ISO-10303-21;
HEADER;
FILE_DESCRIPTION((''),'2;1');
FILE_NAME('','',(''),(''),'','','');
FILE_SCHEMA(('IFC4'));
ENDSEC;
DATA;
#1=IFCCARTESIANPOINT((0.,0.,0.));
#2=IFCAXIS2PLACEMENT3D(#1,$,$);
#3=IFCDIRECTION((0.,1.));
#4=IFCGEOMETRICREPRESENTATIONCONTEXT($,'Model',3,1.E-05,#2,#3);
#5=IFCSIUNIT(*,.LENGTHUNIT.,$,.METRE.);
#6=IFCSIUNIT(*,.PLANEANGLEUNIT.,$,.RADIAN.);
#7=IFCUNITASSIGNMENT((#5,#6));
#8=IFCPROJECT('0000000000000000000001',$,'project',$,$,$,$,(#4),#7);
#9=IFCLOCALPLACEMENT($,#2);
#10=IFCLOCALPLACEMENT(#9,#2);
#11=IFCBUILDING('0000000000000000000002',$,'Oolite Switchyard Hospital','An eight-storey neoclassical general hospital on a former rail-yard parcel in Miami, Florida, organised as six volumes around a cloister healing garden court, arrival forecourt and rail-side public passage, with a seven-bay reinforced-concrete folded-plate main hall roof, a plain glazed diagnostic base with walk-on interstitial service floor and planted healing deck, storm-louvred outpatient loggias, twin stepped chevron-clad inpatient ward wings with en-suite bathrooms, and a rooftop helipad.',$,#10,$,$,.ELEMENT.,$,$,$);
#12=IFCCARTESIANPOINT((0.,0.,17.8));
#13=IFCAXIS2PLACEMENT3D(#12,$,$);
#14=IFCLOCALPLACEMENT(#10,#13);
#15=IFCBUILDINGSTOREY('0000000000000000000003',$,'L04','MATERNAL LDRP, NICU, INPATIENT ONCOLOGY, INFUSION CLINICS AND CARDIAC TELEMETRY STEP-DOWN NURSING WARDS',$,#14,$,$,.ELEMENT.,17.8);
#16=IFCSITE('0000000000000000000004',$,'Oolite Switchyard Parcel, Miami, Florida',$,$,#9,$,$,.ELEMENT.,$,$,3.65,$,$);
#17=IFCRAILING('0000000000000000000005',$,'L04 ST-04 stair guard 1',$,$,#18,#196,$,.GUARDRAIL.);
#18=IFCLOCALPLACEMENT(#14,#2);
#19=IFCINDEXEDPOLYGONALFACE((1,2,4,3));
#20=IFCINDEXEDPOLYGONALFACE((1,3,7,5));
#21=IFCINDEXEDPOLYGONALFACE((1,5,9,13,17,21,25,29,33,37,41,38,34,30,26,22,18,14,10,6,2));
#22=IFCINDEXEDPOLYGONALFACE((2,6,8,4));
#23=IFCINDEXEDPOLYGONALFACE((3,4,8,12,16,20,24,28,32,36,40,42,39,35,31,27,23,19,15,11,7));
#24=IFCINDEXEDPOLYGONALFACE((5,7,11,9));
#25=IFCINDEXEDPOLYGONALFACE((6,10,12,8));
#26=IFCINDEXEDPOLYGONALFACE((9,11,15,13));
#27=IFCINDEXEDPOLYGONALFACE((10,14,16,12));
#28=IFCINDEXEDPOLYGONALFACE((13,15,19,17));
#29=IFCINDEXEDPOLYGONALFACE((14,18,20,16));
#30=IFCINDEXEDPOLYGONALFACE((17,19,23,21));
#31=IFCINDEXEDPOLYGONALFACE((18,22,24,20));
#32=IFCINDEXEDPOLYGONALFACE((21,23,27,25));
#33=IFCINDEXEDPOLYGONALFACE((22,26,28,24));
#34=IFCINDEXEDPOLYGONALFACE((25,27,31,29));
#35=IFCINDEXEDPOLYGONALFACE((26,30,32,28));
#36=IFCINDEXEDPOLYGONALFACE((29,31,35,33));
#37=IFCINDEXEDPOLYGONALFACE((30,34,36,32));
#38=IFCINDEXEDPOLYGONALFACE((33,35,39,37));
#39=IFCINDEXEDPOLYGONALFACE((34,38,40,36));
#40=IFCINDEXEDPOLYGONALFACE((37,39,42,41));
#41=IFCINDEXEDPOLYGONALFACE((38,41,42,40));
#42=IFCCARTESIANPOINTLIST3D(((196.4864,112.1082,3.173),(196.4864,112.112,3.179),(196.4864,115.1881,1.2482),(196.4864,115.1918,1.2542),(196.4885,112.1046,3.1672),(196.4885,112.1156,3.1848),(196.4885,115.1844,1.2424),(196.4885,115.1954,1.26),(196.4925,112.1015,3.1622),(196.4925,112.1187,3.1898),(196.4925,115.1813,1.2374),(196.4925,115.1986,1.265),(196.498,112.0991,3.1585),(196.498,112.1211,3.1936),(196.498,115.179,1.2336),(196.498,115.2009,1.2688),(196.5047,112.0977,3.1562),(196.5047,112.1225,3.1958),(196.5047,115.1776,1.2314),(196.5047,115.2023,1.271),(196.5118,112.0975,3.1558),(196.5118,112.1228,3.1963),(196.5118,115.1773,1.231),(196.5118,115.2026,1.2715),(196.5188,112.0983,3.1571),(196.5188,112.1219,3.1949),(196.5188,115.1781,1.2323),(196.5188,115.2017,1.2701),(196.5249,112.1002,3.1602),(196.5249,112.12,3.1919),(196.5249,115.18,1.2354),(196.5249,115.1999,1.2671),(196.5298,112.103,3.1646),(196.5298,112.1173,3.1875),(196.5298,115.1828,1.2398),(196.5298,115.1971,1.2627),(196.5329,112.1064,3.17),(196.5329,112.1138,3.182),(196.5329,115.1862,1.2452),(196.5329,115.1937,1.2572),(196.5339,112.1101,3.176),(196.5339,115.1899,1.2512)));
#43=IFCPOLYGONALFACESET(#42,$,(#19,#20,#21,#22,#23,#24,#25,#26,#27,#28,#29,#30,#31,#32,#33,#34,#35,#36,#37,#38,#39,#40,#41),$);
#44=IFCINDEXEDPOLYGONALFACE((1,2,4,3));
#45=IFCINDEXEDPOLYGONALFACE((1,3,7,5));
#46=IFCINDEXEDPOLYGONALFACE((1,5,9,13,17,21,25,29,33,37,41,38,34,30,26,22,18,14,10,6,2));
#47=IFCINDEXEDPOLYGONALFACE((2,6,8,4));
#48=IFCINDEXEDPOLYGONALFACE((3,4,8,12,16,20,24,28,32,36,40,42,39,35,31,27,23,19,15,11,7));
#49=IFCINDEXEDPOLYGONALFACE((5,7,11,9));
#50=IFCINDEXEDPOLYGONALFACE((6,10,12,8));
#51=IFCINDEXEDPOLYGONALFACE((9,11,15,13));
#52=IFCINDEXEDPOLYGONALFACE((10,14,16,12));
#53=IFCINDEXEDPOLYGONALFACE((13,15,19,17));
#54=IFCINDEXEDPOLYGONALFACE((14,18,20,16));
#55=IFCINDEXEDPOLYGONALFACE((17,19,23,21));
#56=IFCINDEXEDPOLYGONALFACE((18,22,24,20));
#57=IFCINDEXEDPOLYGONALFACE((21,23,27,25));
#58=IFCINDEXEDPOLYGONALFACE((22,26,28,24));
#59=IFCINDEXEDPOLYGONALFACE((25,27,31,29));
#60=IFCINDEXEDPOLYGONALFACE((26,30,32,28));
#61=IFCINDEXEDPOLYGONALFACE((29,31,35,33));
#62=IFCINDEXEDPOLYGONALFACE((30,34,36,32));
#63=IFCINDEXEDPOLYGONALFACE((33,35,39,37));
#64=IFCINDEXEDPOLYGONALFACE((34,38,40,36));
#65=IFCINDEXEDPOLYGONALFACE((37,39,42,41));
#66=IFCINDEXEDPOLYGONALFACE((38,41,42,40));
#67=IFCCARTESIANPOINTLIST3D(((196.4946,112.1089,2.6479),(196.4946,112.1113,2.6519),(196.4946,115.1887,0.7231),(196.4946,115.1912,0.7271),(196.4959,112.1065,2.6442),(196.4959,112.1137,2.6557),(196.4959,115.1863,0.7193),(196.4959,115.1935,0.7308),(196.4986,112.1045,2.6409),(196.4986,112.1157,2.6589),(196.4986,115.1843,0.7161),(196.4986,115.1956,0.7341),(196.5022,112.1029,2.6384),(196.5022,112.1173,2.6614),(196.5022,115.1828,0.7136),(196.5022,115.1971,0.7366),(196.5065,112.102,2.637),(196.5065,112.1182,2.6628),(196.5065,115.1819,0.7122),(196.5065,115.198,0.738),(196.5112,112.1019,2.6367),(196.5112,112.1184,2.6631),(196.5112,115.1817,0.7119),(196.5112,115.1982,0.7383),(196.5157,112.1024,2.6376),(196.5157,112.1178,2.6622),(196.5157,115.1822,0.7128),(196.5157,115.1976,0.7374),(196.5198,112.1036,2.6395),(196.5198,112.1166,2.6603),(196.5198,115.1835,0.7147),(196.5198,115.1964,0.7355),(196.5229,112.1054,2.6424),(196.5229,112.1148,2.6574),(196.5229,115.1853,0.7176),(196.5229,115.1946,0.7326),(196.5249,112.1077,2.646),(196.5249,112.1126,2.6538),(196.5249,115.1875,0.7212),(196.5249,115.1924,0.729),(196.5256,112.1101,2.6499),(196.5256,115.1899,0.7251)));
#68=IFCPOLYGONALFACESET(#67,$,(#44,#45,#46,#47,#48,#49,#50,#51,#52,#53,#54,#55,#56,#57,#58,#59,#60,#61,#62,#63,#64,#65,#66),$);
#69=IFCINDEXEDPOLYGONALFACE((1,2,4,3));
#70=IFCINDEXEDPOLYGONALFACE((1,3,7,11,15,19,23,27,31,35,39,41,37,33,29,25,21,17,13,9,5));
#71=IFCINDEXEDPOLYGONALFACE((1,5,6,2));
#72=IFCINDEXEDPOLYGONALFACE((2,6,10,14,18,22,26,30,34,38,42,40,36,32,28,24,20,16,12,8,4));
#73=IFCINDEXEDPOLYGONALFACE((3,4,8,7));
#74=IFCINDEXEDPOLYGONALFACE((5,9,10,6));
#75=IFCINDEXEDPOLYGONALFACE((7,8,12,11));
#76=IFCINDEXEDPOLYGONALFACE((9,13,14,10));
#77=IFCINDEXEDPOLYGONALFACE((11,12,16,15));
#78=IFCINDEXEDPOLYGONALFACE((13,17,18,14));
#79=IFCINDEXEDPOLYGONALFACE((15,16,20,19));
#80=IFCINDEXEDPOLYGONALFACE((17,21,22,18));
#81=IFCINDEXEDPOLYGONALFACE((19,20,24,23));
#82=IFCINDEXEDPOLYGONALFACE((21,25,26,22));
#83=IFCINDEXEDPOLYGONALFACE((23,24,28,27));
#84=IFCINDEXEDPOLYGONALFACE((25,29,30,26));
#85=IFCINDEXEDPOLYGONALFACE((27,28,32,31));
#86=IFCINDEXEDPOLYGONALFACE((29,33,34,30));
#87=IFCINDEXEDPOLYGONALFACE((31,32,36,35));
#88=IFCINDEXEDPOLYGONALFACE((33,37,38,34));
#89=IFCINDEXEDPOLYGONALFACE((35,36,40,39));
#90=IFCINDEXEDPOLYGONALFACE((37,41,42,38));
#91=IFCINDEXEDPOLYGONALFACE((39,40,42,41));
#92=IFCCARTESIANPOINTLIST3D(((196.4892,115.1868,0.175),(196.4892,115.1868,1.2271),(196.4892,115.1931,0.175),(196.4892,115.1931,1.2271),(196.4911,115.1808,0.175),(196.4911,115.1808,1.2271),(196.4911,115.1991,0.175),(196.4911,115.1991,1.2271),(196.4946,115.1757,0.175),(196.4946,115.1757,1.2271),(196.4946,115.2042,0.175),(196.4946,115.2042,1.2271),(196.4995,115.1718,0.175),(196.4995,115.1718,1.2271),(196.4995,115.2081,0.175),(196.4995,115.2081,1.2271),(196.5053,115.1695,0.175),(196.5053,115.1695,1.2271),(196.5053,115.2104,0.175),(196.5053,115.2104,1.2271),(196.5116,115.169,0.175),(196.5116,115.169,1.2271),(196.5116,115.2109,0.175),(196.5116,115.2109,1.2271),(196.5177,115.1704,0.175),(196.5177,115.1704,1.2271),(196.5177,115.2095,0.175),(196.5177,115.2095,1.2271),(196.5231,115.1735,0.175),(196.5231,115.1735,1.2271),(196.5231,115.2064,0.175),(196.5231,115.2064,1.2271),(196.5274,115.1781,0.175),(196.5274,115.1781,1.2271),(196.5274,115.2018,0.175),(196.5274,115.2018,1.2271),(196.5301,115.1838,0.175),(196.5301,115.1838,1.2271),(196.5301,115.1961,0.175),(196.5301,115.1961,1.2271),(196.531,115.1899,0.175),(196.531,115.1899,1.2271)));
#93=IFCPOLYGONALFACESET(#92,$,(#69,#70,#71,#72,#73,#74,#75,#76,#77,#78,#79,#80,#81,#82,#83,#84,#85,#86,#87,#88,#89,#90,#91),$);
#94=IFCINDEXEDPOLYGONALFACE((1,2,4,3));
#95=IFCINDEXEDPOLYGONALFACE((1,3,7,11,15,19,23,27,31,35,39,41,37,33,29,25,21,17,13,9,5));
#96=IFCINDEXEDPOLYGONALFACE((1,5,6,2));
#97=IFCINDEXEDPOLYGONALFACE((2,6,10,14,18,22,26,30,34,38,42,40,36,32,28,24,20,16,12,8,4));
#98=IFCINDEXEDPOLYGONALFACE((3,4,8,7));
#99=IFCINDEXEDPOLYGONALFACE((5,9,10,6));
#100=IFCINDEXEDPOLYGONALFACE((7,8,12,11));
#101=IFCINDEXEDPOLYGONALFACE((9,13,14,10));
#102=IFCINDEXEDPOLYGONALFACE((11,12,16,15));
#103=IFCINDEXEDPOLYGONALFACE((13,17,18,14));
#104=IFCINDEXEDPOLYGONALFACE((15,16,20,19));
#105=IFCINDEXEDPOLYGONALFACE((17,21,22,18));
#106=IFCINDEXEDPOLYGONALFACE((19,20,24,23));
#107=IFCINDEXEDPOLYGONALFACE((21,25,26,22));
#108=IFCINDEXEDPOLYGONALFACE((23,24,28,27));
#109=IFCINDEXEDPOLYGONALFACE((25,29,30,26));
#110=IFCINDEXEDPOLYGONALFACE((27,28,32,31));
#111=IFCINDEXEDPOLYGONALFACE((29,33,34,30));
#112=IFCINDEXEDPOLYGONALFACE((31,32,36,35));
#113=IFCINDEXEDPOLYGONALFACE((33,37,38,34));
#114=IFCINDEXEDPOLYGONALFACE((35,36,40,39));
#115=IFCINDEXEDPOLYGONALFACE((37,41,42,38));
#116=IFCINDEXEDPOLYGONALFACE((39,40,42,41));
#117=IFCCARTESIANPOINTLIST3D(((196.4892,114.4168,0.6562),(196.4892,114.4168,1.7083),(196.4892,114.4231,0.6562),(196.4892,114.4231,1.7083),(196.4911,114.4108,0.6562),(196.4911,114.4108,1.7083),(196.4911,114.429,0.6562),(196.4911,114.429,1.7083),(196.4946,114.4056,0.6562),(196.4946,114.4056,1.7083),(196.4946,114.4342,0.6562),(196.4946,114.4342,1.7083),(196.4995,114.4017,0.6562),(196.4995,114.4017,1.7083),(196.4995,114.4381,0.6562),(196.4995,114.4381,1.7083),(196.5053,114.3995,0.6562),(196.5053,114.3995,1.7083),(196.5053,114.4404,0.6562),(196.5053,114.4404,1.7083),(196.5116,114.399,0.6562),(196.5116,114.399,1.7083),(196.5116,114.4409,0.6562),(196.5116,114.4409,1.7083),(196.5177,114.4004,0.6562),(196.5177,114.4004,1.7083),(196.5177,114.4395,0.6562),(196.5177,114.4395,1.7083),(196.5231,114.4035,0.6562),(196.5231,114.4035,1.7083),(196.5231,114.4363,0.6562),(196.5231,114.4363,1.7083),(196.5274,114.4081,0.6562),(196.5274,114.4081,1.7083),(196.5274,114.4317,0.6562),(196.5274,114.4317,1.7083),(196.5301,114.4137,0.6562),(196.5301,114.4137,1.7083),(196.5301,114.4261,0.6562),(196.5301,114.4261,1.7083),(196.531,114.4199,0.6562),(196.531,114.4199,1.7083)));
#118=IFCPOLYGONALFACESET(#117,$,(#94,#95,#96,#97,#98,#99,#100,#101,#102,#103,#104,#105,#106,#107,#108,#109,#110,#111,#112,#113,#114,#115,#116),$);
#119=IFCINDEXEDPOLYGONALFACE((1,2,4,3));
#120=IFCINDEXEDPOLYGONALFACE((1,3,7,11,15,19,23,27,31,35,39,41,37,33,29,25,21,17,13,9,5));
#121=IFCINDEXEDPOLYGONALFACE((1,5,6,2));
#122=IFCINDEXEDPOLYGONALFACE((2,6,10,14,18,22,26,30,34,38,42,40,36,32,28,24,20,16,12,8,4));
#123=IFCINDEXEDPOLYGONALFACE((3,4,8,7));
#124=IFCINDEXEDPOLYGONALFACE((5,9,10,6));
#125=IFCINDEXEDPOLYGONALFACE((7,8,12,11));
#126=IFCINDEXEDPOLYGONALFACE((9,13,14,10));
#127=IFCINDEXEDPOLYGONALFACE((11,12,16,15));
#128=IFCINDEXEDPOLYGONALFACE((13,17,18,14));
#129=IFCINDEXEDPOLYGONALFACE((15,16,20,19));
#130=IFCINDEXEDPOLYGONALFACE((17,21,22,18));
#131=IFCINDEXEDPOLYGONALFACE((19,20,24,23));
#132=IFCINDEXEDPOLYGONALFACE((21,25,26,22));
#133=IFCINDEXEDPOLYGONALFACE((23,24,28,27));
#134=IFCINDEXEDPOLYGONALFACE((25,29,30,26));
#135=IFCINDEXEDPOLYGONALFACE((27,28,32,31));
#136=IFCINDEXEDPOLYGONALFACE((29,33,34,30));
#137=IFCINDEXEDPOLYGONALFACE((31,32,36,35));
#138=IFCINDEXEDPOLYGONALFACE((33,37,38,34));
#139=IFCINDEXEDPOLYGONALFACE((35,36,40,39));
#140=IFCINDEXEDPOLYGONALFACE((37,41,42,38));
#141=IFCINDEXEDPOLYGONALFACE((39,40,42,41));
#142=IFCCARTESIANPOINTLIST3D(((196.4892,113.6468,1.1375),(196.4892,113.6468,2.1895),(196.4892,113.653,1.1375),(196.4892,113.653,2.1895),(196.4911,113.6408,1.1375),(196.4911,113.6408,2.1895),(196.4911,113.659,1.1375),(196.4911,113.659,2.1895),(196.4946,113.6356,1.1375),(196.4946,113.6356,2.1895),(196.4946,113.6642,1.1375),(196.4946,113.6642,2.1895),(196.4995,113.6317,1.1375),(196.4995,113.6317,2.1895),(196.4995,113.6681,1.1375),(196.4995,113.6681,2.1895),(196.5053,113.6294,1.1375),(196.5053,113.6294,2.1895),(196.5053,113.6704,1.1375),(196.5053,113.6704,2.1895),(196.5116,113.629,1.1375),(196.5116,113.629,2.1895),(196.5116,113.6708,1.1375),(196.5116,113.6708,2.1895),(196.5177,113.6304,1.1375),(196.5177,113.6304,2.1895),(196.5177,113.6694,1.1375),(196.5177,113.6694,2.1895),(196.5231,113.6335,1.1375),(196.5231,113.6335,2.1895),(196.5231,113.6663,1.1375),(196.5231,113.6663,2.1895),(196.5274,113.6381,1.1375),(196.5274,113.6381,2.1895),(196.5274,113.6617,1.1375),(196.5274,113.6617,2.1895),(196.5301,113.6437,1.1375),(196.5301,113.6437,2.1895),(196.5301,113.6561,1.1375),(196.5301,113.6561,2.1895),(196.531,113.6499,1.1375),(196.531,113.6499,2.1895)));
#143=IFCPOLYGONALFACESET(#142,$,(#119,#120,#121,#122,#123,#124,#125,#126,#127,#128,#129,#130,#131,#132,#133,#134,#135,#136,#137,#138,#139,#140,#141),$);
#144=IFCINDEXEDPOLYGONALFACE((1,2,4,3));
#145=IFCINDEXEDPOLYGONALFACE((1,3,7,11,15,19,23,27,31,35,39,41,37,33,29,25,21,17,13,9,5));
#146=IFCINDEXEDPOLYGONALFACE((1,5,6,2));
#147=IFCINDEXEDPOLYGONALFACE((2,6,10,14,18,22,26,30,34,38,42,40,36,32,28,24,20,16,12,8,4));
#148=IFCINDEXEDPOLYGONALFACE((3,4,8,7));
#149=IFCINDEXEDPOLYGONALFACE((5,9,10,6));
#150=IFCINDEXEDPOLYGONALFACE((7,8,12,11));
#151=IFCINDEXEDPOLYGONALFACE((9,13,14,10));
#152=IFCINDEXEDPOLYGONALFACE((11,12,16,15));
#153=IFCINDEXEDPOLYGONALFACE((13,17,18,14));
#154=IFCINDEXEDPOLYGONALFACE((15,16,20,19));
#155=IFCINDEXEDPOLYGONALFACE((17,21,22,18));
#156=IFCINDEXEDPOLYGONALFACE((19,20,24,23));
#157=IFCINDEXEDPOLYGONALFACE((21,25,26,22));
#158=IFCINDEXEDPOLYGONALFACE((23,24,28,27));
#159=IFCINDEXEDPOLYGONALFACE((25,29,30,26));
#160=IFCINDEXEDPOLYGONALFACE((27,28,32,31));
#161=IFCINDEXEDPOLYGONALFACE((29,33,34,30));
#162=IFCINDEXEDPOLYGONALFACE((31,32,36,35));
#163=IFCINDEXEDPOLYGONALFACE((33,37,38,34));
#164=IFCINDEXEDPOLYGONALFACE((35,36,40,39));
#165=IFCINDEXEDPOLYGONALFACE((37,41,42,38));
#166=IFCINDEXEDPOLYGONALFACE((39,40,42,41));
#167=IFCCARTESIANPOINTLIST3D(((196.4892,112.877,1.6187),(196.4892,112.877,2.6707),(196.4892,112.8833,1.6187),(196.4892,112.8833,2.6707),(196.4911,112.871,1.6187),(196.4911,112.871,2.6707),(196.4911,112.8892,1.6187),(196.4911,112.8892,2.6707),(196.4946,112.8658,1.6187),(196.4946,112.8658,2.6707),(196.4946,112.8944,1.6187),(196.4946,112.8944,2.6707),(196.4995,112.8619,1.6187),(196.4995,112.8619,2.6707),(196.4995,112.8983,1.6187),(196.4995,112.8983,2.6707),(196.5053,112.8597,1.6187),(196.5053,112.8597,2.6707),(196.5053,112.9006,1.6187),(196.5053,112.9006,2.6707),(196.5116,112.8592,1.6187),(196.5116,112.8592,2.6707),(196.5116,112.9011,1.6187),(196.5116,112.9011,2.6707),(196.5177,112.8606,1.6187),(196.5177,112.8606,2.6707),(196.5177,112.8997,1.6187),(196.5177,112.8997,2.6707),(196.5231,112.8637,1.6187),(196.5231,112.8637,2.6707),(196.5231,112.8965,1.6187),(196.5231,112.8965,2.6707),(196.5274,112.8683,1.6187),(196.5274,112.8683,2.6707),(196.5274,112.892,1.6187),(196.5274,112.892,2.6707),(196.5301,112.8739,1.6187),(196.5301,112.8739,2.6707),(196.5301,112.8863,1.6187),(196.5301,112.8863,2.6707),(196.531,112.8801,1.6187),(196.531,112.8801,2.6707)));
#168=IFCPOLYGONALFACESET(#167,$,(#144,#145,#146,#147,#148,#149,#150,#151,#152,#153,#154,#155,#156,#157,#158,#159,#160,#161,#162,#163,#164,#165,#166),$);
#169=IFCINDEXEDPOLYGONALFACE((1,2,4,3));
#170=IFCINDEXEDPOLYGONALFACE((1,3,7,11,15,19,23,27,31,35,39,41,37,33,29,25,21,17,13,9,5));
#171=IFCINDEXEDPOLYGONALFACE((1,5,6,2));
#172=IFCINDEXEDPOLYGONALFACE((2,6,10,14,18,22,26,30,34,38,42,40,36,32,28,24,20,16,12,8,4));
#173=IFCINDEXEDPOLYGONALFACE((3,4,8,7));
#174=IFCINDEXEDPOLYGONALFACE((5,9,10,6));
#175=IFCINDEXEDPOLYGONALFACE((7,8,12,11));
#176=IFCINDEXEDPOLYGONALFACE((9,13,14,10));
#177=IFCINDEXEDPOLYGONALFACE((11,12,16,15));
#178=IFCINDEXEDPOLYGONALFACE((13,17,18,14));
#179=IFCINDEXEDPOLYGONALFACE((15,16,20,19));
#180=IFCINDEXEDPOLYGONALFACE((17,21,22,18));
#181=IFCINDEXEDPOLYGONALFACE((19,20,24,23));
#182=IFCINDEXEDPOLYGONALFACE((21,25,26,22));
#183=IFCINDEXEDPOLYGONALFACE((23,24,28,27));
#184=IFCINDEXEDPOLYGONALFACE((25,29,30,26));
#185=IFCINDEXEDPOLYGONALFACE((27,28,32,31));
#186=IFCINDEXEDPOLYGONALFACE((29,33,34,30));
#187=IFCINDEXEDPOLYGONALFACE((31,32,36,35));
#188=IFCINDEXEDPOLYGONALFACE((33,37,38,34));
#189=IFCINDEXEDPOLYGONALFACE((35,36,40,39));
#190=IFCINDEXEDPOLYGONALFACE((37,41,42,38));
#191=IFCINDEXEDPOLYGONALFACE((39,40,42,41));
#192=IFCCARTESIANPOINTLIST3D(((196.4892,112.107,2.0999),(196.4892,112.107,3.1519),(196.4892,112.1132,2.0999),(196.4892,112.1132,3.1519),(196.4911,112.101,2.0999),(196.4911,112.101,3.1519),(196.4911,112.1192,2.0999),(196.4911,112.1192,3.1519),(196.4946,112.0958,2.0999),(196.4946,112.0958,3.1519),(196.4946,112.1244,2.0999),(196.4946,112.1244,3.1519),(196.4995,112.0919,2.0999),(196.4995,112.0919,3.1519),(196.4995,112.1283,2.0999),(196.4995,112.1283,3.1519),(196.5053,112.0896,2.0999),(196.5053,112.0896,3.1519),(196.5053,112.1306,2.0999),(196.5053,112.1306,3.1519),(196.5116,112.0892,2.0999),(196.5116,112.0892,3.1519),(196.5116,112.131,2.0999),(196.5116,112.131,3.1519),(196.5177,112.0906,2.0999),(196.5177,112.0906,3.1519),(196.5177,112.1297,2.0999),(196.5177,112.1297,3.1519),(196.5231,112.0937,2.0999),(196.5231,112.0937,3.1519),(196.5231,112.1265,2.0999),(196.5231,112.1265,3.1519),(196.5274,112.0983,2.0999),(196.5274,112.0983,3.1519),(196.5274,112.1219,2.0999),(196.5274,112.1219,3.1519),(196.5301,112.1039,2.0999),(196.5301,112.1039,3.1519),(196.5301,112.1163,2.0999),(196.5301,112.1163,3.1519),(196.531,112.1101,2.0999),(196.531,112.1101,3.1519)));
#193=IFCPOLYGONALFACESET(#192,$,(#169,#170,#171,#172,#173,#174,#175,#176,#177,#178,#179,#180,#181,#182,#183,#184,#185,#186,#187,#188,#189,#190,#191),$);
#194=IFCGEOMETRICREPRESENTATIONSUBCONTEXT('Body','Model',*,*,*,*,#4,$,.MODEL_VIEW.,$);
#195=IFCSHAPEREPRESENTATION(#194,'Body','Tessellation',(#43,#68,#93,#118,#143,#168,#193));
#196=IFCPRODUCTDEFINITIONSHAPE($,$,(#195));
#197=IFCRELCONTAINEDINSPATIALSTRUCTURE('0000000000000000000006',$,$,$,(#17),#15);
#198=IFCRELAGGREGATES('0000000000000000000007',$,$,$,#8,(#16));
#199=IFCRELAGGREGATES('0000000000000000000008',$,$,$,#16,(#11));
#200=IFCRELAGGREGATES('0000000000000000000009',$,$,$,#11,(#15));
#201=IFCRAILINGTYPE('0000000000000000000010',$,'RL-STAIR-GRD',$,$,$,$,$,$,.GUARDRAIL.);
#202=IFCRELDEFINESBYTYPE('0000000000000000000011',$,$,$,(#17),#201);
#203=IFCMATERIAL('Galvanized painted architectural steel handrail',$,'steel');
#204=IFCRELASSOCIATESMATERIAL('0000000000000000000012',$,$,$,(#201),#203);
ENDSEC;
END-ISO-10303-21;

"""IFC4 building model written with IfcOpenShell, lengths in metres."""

from ifc_helpers import new_model, si_unit, direction, frame, origin, origin_2d, place, context, subcontext, project, spatial, circle, extrude, material, type_object, element, save


model = new_model("IFC4")

# Units and contexts
model_context = context("Model", 3, precision=1e-05, world=origin(), true_north=direction((0.0, 1.0)))
body_context = subcontext(model_context, "Body", "Model", "MODEL_VIEW")
ifc_project = project(units=[si_unit("LENGTHUNIT", "METRE"), si_unit("PLANEANGLEUNIT", "RADIAN")], contexts=[model_context])

# Site, building, storey
site_placement = place(None, origin())
site = spatial("IfcSite", under=ifc_project, at=site_placement, Name="Oolite Switchyard Parcel, Miami, Florida", CompositionType="ELEMENT", RefElevation=3.65)
building_placement = place(site_placement, origin())
building = spatial("IfcBuilding", under=site, at=building_placement, Name="Oolite Switchyard Hospital", Description="An eight-storey neoclassical general hospital on a former rail-yard parcel in Miami, Florida, organised as six volumes around a cloister healing garden court, arrival forecourt and rail-side public passage, with a seven-bay reinforced-concrete folded-plate main hall roof, a plain glazed diagnostic base with walk-on interstitial service floor and planted healing deck, storm-louvred outpatient loggias, twin stepped chevron-clad inpatient ward wings with en-suite bathrooms, and a rooftop helipad.", CompositionType="ELEMENT")
storey_placement = place(building_placement, frame((0.0, 0.0, 17.8)))
storey = spatial("IfcBuildingStorey", under=building, at=storey_placement, Name="L04", Description="MATERNAL LDRP, NICU, INPATIENT ONCOLOGY, INFUSION CLINICS AND CARDIAC TELEMETRY STEP-DOWN NURSING WARDS", CompositionType="ELEMENT", Elevation=17.8)

# Railing
ifc_material_1 = material(Name="Galvanized painted architectural steel handrail", Category="steel")
railing_type_1 = type_object("IfcRailingType", Name="RL-STAIR-GRD", PredefinedType="GUARDRAIL", material=ifc_material_1)
railing_1_placement = place(storey_placement, frame((196.51, 115.1899, 0.175)))
element("IfcRailing", 1, at=railing_1_placement, inside=storey, type_object=railing_type_1, Name="L04 ST-04 stair guard 1", PredefinedType="GUARDRAIL", context=body_context, shape_type="SweptSolid", body=[
    extrude(circle(Radius=0.0239, at=origin_2d()), frame((0.0, 0.0, 1.0762), z_axis=(0.0, -0.84801, 0.529981), x_axis=(1.0, 0.0, 0.0)), (0.0, 0.0, 1.0), 3.6318),
    extrude(circle(Radius=0.0156, at=origin_2d()), frame((0.0, 0.0, 0.55), z_axis=(0.0, -0.84801, 0.529981), x_axis=(1.0, 0.0, 0.0)), (0.0, 0.0, 1.0), 3.6318),
    extrude(circle(Radius=0.021, at=origin_2d()), origin(), (0.0, 0.0, 1.0), 1.052),
    extrude(circle(Radius=0.021, at=origin_2d()), frame((0.0, -0.77, 0.4812)), (0.0, 0.0, 1.0), 1.052),
    extrude(circle(Radius=0.021, at=origin_2d()), frame((0.0, -1.54, 0.9624)), (0.0, 0.0, 1.0), 1.052),
    extrude(circle(Radius=0.021, at=origin_2d()), frame((0.0, -2.3098, 1.4436)), (0.0, 0.0, 1.0), 1.052),
    extrude(circle(Radius=0.021, at=origin_2d()), frame((0.0, -3.0798, 1.9248)), (0.0, 0.0, 1.0), 1.052),
])

save(model, "model.ifc")
